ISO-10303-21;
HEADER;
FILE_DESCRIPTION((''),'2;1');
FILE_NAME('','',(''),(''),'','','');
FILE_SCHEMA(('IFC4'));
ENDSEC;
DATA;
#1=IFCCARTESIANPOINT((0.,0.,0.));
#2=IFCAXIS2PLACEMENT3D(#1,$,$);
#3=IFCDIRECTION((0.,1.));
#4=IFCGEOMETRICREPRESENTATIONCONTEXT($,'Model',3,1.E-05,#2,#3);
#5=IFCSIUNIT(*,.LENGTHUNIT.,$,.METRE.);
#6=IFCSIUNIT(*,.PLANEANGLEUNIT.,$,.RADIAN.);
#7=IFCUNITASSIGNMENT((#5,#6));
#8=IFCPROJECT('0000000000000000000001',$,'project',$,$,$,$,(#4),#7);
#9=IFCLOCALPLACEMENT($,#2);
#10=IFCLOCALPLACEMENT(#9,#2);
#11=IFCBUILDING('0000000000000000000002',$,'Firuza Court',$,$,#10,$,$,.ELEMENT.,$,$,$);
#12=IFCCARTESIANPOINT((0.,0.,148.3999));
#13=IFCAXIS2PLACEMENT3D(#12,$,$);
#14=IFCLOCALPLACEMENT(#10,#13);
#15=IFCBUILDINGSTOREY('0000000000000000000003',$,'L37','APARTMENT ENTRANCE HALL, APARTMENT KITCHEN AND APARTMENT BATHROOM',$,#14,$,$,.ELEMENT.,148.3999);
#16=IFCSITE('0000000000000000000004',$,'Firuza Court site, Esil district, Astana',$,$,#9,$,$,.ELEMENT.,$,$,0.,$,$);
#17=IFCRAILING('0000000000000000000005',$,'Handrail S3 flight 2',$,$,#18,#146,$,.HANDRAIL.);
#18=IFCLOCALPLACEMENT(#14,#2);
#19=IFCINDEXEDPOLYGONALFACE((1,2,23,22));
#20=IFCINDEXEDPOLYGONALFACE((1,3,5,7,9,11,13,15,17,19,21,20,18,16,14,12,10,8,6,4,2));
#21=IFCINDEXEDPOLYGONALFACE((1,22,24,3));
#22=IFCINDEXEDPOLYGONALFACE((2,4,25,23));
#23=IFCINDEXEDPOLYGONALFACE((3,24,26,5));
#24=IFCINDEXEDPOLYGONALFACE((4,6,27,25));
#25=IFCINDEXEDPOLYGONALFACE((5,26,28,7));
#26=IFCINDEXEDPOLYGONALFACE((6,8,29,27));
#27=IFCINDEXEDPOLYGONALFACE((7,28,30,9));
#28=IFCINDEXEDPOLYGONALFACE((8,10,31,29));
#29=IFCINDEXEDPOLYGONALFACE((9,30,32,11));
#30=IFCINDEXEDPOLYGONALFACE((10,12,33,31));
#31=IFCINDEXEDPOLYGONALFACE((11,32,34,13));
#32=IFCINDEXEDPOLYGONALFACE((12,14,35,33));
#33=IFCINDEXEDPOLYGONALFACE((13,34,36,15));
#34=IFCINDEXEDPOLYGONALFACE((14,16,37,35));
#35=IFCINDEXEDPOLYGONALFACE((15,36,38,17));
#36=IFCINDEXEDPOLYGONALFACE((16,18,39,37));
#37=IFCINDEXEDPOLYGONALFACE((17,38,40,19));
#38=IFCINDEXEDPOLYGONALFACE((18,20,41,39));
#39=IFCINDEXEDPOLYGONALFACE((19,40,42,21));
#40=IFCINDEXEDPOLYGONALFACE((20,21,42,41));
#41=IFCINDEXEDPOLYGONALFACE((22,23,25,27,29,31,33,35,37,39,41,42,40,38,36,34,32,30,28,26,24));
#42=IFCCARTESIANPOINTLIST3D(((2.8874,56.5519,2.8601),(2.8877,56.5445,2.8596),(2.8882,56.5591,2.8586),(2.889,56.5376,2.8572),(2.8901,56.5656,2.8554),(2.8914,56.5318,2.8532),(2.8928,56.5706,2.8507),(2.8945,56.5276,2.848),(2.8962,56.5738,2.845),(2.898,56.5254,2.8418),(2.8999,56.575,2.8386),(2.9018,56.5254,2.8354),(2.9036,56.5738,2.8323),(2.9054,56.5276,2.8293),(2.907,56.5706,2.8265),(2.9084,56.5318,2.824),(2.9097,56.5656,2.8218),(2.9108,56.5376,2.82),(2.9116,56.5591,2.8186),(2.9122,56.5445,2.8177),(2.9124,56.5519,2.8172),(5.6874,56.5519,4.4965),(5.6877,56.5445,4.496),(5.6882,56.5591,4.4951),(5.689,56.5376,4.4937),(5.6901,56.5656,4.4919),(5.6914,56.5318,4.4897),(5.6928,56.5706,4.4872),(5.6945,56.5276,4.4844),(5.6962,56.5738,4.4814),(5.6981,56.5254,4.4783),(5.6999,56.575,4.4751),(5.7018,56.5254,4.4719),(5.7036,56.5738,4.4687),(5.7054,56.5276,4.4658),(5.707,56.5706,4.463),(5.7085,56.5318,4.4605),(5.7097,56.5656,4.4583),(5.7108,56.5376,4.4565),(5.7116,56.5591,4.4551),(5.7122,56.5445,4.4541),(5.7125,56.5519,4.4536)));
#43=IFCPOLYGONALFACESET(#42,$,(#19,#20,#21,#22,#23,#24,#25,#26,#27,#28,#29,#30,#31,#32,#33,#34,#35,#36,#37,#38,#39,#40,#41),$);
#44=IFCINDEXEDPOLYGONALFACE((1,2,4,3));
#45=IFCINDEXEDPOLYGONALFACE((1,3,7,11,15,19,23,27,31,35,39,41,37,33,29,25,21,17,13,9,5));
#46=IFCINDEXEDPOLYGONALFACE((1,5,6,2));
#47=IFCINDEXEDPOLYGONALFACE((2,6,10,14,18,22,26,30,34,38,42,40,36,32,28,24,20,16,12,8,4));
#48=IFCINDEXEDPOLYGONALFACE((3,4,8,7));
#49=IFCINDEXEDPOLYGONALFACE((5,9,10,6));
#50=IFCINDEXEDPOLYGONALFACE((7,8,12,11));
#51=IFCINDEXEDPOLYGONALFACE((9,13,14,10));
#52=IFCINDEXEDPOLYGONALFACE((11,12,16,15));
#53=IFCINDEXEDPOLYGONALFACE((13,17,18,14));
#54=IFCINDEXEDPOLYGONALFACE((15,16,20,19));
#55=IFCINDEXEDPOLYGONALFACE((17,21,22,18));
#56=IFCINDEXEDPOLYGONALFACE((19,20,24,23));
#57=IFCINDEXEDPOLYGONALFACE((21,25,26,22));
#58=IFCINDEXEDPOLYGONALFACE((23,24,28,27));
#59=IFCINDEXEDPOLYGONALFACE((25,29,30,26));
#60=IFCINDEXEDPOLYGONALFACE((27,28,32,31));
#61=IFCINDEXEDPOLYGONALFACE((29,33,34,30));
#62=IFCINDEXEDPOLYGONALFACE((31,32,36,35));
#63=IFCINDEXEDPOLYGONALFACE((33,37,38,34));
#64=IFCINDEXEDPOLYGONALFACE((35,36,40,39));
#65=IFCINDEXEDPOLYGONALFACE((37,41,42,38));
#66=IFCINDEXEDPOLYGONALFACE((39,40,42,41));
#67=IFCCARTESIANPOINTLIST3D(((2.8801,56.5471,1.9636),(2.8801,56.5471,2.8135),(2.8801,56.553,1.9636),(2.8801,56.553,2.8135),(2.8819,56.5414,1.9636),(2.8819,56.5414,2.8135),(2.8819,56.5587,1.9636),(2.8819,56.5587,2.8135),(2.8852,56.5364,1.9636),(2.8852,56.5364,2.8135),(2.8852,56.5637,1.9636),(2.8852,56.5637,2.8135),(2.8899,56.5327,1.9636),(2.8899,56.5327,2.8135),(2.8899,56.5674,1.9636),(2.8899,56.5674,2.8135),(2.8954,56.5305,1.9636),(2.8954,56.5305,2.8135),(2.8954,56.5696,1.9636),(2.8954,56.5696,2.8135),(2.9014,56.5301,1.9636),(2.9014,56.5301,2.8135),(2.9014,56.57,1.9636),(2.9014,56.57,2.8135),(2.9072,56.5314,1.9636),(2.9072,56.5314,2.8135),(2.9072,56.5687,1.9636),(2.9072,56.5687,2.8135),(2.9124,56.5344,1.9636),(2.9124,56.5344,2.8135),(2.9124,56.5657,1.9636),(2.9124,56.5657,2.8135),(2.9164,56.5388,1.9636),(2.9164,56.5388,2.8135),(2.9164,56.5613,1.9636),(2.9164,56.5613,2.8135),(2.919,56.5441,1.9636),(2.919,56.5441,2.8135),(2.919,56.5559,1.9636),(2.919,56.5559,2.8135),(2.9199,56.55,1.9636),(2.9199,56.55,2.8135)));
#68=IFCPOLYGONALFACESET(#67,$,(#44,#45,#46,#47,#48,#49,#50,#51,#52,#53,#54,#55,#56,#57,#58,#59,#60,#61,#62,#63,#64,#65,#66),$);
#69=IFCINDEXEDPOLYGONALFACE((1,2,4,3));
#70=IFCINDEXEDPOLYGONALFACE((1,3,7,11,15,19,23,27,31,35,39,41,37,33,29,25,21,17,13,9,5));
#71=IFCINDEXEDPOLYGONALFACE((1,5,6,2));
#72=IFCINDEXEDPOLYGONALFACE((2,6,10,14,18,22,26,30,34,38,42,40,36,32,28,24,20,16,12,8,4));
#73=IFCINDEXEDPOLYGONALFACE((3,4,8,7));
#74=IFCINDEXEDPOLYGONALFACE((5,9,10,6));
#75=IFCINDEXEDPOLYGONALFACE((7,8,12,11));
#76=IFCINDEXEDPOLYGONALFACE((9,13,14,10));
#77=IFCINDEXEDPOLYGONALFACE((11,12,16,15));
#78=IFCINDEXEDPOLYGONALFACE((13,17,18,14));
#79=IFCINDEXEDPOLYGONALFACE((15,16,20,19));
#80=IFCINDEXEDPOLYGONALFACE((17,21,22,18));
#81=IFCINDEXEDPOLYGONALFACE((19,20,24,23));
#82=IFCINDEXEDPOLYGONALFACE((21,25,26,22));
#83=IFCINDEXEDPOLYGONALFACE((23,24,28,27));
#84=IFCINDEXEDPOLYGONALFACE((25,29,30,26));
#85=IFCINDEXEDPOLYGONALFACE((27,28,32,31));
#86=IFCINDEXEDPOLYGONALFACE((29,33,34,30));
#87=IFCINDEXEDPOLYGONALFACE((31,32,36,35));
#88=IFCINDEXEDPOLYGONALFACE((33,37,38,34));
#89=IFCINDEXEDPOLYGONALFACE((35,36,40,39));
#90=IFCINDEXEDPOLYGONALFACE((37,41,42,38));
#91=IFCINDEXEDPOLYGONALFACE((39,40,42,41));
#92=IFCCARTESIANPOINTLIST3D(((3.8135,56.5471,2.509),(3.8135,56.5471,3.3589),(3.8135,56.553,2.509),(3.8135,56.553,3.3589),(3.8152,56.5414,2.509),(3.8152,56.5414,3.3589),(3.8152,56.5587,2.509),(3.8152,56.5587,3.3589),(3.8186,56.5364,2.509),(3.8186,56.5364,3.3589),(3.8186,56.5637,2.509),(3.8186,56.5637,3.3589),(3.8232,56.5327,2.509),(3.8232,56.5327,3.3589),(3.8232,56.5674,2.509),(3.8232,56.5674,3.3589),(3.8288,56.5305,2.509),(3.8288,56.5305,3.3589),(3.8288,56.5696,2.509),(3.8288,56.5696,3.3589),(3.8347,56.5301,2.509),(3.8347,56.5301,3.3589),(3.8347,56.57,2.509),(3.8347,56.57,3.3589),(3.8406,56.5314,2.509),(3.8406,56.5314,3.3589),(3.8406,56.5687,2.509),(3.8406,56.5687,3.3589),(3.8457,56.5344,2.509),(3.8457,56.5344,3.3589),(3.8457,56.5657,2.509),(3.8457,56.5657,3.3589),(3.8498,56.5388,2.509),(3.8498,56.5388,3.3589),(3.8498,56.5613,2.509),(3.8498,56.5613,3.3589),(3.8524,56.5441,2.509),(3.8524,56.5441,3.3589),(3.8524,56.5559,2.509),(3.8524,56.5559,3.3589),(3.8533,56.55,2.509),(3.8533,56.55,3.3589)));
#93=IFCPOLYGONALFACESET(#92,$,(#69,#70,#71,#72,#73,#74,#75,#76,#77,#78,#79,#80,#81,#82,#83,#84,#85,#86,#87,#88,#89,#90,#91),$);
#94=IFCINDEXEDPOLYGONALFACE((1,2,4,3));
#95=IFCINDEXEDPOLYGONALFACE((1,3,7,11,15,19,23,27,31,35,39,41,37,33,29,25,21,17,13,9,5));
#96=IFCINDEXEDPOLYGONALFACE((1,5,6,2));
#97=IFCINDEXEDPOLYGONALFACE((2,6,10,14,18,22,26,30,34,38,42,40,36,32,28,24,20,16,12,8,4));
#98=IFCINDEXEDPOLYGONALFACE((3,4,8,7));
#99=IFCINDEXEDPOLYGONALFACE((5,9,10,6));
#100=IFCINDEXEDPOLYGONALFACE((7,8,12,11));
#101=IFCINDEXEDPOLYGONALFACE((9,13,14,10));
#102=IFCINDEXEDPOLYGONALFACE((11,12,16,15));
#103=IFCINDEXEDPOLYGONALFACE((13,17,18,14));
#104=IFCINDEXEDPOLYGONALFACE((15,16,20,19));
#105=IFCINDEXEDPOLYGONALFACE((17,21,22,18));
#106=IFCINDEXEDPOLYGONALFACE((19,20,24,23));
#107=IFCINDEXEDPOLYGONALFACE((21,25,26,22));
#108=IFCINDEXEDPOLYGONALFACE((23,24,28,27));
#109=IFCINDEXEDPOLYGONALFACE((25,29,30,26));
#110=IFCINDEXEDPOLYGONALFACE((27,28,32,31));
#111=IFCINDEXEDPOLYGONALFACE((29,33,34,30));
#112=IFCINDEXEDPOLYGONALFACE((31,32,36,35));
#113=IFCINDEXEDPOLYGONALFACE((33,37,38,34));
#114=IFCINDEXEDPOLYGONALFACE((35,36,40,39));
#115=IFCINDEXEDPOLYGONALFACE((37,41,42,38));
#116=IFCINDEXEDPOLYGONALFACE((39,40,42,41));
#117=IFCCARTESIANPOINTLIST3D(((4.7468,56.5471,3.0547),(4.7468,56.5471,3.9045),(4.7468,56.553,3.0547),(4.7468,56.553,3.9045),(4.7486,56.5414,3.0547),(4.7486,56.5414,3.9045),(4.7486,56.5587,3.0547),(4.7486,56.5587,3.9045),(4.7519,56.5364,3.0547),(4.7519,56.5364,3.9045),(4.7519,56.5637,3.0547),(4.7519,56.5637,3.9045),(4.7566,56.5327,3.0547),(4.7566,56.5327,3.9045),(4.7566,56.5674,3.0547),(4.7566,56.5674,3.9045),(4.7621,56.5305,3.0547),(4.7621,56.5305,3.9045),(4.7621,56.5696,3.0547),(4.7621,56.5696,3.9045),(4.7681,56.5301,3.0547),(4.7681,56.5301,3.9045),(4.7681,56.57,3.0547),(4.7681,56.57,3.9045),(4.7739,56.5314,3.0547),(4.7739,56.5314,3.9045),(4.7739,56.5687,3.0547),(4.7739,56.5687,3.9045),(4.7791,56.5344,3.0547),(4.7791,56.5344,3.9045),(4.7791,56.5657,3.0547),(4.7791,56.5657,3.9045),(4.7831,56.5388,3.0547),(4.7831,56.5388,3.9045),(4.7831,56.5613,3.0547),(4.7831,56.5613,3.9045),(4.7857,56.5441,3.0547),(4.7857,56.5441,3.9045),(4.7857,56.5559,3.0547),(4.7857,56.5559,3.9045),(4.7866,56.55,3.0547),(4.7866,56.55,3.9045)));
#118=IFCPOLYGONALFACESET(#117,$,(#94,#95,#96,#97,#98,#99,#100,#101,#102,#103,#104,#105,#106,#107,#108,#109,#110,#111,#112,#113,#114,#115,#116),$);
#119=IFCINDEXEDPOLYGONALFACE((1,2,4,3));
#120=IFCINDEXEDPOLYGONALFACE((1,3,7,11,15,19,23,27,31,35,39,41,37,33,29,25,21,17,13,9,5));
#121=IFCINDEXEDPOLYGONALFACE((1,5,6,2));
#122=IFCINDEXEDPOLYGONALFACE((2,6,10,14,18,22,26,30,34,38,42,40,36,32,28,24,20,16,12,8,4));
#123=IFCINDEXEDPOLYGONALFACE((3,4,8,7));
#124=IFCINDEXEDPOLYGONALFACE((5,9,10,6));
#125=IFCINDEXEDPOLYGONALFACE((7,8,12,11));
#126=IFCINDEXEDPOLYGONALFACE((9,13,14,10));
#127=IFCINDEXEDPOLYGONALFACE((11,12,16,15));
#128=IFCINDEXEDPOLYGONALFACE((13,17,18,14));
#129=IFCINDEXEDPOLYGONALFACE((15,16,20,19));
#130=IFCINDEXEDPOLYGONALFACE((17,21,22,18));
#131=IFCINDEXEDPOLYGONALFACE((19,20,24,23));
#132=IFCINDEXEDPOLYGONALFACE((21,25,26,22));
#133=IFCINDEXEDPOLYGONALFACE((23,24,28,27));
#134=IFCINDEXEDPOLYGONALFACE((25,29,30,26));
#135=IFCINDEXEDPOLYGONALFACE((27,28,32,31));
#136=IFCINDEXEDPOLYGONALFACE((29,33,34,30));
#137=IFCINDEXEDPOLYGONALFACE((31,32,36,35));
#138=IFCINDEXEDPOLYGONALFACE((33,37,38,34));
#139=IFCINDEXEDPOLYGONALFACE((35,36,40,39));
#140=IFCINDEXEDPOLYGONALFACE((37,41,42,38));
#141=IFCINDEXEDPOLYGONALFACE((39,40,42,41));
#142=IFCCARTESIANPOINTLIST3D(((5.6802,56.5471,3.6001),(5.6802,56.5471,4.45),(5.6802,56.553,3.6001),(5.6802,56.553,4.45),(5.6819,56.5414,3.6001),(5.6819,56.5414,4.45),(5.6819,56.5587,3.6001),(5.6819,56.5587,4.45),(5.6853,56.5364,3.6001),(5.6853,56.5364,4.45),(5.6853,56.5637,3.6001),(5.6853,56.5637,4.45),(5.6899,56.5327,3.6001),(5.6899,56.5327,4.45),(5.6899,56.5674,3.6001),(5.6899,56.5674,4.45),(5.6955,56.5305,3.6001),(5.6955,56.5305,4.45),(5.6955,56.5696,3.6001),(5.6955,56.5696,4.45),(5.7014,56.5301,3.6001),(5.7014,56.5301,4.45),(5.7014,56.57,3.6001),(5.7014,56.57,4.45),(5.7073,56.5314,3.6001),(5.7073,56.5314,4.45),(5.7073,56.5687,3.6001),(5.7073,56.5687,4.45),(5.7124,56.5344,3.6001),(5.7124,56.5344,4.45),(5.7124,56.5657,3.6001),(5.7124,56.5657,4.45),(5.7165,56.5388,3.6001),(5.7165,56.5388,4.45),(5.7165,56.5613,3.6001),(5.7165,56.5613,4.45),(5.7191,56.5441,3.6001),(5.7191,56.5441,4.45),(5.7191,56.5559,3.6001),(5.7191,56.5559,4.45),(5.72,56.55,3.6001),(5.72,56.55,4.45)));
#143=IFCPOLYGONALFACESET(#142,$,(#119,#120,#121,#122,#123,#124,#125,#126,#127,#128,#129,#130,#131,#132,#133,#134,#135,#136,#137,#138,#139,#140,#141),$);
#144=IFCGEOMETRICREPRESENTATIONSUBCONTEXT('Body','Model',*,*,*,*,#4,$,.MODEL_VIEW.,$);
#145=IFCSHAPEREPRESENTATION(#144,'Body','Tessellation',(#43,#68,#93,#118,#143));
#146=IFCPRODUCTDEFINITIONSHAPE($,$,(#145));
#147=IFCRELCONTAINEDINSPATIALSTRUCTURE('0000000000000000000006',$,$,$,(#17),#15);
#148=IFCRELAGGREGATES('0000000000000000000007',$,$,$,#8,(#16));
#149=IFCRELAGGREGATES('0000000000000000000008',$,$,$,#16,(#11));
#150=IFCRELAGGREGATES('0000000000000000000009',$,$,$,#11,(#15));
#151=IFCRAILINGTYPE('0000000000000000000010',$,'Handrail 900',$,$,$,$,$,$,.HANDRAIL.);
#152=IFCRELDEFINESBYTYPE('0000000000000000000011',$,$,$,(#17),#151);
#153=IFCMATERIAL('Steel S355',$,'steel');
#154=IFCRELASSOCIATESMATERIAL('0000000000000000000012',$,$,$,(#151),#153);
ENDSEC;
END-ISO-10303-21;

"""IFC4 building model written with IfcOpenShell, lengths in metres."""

from ifc_helpers import new_model, si_unit, direction, frame, origin, origin_2d, place, context, subcontext, project, spatial, circle, extrude, material, type_object, element, save


model = new_model("IFC4")

# Units and contexts
model_context = context("Model", 3, precision=1e-05, world=origin(), true_north=direction((0.0, 1.0)))
body_context = subcontext(model_context, "Body", "Model", "MODEL_VIEW")
ifc_project = project(units=[si_unit("LENGTHUNIT", "METRE"), si_unit("PLANEANGLEUNIT", "RADIAN")], contexts=[model_context])

# Site, building, storey
site_placement = place(None, origin())
site = spatial("IfcSite", under=ifc_project, at=site_placement, Name="Firuza Court site, Esil district, Astana", CompositionType="ELEMENT", RefElevation=0.0)
building_placement = place(site_placement, origin())
building = spatial("IfcBuilding", under=site, at=building_placement, Name="Firuza Court", CompositionType="ELEMENT")
storey_placement = place(building_placement, frame((0.0, 0.0, 148.3999)))
storey = spatial("IfcBuildingStorey", under=building, at=storey_placement, Name="L37", Description="APARTMENT ENTRANCE HALL, APARTMENT KITCHEN AND APARTMENT BATHROOM", CompositionType="ELEMENT", Elevation=148.3999)

# Railing
ifc_material_1 = material(Name="Steel S355", Category="steel")
railing_type_1 = type_object("IfcRailingType", Name="Handrail 900", PredefinedType="HANDRAIL", material=ifc_material_1)
railing_1_placement = place(storey_placement, frame((2.8999, 56.55, 1.9636)))
element("IfcRailing", 1, at=railing_1_placement, inside=storey, type_object=railing_type_1, Name="Handrail S3 flight 2", PredefinedType="HANDRAIL", context=body_context, shape_type="SweptSolid", body=[
    extrude(circle(Radius=0.0249, at=origin_2d()), frame((0.0, 0.0, 0.875), z_axis=(0.863361, 0.0, 0.504587), x_axis=(0.0, 1.0, 0.0)), (0.0, 0.0, 1.0), 3.2432),
    extrude(circle(Radius=0.02, at=origin_2d()), origin(), (0.0, 0.0, 1.0), 0.8499),
    extrude(circle(Radius=0.02, at=origin_2d()), frame((0.9333, 0.0, 0.5454)), (0.0, 0.0, 1.0), 0.8499),
    extrude(circle(Radius=0.02, at=origin_2d()), frame((1.8667, 0.0, 1.0911)), (0.0, 0.0, 1.0), 0.8499),
    extrude(circle(Radius=0.02, at=origin_2d()), frame((2.8, 0.0, 1.6365)), (0.0, 0.0, 1.0), 0.8499),
])

save(model, "model.ifc")
